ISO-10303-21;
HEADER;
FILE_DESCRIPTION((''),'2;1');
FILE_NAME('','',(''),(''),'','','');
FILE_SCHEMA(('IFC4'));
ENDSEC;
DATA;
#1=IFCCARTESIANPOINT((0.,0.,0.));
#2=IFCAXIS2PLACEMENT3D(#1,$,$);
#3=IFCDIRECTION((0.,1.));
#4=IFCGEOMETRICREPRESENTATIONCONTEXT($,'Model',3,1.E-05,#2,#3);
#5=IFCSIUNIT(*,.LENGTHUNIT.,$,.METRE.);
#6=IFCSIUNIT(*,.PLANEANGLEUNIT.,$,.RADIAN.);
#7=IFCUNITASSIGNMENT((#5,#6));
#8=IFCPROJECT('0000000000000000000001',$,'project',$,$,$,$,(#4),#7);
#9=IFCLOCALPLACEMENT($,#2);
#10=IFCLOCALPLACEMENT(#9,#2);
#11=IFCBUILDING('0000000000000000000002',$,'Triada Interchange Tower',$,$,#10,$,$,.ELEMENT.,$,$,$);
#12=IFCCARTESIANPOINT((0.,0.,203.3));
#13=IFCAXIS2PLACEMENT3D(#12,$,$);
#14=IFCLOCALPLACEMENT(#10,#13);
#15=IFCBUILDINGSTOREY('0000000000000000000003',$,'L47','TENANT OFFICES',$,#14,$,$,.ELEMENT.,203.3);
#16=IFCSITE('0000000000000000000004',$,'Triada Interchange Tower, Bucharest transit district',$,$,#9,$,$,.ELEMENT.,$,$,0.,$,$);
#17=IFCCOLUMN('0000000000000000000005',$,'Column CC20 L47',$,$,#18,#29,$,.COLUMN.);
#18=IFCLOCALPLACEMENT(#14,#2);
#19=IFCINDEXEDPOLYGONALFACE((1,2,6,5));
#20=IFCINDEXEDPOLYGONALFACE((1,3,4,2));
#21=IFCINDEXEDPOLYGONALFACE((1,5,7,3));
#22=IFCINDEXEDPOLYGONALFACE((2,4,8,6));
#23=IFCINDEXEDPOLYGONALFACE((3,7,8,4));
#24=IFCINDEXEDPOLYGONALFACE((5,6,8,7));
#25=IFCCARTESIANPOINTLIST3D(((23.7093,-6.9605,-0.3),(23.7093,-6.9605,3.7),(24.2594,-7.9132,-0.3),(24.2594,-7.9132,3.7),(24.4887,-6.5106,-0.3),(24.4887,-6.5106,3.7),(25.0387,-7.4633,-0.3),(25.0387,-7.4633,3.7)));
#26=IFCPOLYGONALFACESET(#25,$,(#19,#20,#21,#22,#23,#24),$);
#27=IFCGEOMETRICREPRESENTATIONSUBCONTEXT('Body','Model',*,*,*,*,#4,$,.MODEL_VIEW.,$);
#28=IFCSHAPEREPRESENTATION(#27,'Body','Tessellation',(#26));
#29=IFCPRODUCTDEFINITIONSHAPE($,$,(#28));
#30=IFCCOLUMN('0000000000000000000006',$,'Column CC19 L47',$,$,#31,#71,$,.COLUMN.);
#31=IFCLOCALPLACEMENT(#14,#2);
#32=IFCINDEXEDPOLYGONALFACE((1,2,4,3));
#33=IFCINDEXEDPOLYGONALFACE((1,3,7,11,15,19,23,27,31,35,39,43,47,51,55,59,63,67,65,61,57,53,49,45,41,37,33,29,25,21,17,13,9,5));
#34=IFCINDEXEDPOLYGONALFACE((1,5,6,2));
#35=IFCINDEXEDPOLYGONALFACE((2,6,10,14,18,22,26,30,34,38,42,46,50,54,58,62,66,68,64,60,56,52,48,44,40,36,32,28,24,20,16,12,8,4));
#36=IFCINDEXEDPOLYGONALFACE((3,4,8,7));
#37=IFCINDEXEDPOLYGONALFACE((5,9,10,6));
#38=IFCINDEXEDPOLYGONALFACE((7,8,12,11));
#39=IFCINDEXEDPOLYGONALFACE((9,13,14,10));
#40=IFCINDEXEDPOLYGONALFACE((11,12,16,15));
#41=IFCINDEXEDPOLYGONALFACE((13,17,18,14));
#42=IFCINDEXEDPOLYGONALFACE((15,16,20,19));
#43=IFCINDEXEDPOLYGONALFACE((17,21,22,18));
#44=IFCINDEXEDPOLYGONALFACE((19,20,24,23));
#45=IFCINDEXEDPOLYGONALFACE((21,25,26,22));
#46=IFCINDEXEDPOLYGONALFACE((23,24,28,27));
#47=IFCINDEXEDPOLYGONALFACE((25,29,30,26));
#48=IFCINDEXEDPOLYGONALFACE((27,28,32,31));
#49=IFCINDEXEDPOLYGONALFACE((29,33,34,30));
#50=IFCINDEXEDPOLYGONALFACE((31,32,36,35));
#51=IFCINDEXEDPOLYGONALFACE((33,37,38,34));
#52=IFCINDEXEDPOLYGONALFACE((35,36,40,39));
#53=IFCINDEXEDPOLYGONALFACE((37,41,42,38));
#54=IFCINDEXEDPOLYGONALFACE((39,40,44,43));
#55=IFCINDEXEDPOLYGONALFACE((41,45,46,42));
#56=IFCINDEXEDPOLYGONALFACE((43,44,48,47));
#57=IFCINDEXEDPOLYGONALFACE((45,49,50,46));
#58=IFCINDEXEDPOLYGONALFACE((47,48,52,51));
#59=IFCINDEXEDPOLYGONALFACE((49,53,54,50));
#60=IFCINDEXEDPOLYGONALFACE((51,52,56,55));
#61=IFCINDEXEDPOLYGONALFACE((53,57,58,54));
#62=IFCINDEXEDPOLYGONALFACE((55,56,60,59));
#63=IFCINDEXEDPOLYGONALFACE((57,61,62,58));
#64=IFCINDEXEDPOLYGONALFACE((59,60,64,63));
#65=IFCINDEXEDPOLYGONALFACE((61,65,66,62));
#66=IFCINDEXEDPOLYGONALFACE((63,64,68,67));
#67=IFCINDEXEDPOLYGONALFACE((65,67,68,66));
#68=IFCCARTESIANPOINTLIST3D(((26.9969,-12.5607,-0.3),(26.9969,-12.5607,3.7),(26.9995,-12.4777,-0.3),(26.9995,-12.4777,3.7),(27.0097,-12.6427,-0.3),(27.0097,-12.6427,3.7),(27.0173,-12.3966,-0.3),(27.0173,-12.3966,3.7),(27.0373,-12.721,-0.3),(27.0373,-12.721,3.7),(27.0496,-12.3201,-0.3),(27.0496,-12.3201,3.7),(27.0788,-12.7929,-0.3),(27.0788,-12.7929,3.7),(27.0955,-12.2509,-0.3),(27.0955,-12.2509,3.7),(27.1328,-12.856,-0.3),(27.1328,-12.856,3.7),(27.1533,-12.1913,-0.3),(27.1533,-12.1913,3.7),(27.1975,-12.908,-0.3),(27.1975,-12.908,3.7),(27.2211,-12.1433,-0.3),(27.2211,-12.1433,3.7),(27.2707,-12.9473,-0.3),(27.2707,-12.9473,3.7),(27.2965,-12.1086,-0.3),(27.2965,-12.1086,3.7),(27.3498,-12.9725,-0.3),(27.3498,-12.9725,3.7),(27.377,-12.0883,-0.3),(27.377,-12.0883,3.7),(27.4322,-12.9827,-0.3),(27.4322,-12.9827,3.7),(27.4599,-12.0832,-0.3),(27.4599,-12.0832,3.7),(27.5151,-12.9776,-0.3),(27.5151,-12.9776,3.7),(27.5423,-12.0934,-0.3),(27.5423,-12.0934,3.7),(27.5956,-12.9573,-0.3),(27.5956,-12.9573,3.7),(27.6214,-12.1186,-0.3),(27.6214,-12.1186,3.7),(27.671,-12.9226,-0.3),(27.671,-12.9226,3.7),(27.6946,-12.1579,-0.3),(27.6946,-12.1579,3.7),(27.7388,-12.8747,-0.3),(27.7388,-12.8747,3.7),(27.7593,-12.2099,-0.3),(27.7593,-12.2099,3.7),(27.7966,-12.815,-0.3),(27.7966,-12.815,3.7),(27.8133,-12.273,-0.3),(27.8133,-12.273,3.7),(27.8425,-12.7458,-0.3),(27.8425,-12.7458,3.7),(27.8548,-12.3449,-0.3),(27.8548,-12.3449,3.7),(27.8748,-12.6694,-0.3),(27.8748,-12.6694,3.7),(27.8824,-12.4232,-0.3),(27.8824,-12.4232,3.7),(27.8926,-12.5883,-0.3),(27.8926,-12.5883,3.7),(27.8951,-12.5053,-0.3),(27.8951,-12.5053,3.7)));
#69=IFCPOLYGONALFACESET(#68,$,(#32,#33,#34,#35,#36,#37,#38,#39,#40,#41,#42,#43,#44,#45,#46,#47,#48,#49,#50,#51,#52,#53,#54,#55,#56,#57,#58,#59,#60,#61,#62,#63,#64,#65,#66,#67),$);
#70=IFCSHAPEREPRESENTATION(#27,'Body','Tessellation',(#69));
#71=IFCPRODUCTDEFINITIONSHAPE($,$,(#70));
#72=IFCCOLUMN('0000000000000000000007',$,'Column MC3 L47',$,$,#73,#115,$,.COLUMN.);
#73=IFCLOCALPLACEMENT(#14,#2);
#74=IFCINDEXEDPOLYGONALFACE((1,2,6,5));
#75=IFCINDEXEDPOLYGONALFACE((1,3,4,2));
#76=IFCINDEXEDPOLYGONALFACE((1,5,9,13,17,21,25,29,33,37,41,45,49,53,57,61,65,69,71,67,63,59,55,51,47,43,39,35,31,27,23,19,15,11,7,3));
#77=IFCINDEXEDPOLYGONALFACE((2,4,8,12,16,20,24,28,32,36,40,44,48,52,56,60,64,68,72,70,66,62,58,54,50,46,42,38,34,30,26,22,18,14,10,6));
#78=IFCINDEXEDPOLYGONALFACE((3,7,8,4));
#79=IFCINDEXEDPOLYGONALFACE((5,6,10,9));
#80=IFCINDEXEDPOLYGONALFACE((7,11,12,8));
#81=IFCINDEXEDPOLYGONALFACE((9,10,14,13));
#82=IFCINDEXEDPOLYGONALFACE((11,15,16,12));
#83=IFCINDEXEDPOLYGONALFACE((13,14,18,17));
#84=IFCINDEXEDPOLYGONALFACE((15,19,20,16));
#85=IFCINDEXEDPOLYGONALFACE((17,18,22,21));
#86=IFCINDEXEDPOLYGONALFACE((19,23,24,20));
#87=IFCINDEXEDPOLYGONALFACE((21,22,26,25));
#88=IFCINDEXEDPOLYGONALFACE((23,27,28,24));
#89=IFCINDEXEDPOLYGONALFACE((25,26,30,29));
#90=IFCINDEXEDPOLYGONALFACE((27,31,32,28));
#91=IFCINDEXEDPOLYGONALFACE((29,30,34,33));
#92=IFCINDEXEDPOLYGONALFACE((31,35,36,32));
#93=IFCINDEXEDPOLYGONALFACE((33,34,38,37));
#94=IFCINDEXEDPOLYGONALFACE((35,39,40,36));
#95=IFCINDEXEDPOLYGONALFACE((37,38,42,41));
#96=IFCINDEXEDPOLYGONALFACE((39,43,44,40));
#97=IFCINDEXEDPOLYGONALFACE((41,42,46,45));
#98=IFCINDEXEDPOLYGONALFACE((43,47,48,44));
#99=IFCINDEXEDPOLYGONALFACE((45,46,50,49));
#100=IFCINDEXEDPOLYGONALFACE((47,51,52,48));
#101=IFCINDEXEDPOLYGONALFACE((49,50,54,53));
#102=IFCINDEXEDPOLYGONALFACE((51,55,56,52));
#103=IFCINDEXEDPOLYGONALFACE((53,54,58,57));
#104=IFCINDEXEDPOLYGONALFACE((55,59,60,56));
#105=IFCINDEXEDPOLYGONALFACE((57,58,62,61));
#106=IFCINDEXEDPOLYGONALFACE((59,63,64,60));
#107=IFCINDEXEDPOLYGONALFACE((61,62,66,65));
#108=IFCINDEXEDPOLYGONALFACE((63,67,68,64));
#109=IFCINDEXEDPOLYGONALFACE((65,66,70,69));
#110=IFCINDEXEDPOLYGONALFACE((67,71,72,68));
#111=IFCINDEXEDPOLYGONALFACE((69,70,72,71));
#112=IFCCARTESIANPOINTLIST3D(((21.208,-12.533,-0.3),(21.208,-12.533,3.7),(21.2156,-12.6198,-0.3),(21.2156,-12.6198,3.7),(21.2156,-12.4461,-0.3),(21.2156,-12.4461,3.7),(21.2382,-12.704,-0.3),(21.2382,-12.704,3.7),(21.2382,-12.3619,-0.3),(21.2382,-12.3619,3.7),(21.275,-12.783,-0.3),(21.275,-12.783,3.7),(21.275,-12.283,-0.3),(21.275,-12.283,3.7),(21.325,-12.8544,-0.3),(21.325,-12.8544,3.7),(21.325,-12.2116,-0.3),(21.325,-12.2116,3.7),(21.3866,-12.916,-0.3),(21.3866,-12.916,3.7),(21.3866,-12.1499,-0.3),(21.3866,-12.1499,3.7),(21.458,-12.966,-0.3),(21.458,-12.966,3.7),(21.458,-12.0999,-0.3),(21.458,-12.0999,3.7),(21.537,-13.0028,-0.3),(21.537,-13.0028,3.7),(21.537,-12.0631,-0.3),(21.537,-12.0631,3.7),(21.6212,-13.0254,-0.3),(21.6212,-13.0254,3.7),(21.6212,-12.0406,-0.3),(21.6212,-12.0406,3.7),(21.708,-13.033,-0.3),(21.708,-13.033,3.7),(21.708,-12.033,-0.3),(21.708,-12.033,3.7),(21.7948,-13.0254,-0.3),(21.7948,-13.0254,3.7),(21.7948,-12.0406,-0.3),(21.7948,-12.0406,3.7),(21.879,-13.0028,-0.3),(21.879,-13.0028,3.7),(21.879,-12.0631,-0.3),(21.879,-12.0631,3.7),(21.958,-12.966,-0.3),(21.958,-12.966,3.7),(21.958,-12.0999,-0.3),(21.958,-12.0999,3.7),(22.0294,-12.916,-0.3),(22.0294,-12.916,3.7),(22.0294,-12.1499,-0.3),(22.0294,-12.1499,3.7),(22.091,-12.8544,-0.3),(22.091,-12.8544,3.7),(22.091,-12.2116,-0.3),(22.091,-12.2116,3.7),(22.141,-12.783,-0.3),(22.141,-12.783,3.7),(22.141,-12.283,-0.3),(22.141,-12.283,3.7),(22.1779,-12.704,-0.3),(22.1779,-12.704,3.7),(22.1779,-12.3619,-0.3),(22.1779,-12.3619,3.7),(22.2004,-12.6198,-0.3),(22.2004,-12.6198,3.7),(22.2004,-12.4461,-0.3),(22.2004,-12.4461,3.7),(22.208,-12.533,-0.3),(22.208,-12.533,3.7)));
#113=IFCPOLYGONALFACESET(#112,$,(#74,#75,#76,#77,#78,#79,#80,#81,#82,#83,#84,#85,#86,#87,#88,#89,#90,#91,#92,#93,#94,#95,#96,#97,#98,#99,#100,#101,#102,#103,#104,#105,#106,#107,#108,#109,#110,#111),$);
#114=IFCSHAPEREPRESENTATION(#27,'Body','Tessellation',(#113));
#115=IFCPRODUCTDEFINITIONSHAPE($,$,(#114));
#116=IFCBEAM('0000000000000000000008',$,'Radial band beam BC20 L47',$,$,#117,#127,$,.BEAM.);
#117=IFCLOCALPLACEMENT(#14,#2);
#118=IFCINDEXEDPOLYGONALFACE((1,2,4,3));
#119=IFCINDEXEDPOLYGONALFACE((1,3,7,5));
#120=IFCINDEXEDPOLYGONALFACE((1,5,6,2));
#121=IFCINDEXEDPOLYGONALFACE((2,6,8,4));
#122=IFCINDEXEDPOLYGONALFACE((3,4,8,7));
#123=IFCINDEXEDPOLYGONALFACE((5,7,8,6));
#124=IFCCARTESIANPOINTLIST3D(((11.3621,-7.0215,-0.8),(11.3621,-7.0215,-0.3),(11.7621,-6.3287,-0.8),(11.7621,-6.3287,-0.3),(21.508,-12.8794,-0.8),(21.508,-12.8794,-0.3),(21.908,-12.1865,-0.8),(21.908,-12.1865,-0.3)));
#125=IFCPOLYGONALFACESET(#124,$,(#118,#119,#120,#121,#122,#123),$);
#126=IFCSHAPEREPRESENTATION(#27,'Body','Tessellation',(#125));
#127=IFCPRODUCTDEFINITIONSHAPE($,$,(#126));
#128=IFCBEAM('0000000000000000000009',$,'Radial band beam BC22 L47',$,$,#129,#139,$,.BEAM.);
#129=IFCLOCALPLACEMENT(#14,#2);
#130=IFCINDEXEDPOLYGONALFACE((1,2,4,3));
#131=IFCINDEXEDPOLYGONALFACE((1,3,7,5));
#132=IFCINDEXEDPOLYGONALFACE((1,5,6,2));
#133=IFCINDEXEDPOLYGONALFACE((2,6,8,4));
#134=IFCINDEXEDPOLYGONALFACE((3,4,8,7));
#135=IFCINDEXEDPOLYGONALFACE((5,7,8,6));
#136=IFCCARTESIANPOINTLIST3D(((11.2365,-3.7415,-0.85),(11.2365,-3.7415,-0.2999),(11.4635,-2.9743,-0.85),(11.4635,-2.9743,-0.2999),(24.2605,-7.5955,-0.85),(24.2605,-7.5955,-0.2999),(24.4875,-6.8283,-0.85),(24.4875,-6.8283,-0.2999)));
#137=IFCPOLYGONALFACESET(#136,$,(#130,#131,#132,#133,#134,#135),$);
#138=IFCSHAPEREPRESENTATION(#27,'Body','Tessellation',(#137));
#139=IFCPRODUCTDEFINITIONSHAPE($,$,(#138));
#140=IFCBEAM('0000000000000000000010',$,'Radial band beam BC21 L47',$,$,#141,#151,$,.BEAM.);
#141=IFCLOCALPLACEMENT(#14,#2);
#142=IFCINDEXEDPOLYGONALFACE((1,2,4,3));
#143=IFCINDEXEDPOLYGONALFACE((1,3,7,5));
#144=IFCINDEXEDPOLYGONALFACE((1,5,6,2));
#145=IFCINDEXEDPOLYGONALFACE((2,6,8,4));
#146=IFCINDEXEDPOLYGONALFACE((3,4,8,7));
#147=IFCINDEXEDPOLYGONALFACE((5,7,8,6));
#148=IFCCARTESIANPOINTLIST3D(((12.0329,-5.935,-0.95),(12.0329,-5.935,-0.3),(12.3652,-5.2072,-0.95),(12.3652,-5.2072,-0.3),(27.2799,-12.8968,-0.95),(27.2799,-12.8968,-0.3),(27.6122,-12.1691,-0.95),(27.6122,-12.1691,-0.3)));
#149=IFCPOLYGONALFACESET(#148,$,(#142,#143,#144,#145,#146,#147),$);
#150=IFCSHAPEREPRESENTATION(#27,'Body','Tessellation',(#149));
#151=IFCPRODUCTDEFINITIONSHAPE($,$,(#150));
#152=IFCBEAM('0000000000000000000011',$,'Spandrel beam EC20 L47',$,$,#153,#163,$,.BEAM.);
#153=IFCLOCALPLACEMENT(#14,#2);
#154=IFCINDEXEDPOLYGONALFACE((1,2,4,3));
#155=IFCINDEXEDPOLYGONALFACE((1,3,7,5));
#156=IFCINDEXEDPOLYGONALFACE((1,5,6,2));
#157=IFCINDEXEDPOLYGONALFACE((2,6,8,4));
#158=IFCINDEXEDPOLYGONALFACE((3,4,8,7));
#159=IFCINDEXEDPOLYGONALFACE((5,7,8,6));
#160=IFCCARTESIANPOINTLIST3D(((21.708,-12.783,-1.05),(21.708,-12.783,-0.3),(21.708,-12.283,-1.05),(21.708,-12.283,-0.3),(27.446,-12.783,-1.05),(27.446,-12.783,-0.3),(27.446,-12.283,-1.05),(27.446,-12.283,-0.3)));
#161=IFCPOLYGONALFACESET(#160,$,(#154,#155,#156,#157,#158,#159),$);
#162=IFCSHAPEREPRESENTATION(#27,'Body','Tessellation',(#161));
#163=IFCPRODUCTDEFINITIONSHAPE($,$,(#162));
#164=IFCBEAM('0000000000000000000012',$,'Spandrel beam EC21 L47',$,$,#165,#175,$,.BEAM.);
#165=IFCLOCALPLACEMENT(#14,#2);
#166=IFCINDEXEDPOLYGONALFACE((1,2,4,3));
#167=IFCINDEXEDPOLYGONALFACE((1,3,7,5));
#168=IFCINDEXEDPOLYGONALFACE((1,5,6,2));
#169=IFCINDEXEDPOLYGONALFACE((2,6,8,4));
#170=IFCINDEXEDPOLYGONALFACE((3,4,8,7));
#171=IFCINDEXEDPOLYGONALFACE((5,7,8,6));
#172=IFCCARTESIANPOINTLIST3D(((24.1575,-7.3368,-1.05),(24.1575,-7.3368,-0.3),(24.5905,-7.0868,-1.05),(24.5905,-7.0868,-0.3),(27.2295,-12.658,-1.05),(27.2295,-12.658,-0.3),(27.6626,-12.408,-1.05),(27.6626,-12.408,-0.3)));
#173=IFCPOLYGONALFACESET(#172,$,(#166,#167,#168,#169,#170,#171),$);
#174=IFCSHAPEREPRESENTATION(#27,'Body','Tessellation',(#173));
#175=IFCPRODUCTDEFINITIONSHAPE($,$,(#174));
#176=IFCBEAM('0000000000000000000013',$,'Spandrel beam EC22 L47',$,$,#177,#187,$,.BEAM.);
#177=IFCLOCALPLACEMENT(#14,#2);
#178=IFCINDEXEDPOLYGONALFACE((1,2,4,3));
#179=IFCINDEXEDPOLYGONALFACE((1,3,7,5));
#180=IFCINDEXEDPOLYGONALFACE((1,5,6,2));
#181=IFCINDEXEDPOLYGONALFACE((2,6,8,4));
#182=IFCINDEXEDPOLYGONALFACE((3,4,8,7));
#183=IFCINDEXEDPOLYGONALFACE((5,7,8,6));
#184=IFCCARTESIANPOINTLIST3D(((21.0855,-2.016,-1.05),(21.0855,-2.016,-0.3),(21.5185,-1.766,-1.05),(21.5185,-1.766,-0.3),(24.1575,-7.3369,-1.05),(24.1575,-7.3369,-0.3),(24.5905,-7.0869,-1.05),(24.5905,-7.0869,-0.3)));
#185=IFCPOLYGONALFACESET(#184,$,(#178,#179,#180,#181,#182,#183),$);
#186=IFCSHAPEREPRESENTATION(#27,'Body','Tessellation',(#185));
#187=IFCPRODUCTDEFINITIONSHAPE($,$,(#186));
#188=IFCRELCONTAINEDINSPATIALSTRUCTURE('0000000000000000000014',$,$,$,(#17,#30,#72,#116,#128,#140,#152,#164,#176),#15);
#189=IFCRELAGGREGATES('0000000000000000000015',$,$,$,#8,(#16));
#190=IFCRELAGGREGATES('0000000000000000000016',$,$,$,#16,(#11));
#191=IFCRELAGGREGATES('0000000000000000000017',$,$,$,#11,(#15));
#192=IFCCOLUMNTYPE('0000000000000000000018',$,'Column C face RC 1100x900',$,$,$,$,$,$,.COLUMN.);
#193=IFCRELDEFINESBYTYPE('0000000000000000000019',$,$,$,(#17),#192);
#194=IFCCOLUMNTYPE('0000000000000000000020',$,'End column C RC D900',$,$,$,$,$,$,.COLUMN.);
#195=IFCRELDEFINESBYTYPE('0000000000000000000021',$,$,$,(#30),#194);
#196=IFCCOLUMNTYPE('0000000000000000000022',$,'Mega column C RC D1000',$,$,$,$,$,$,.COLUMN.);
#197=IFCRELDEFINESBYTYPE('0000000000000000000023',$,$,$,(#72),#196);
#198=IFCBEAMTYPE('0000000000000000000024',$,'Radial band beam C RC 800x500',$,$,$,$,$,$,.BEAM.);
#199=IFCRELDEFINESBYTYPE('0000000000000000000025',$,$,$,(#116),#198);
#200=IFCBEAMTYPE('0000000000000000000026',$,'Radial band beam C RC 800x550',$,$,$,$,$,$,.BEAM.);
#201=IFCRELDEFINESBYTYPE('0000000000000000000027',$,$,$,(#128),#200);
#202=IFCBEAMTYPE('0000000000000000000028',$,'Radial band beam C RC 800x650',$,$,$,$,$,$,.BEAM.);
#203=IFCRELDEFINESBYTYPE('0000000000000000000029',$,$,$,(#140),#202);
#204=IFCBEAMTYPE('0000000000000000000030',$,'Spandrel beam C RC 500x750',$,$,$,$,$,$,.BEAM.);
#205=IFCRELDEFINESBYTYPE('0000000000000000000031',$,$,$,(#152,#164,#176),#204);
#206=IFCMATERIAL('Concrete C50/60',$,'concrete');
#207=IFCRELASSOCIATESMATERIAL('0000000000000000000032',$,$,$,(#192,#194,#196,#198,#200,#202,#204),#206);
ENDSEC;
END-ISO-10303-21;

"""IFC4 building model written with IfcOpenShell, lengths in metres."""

from ifc_helpers import new_model, si_unit, direction, frame, origin, origin_2d, place, context, subcontext, project, spatial, rectangle, circle, extrude, material, material_profile, profile_set, type_object, element, save


model = new_model("IFC4")

# Units and contexts
model_context = context("Model", 3, precision=1e-05, world=origin(), true_north=direction((0.0, 1.0)))
body_context = subcontext(model_context, "Body", "Model", "MODEL_VIEW")
ifc_project = project(units=[si_unit("LENGTHUNIT", "METRE"), si_unit("PLANEANGLEUNIT", "RADIAN")], contexts=[model_context])

# Site, building, storey
site_placement = place(None, origin())
site = spatial("IfcSite", under=ifc_project, at=site_placement, Name="Triada Interchange Tower, Bucharest transit district", CompositionType="ELEMENT", RefElevation=0.0)
building_placement = place(site_placement, origin())
building = spatial("IfcBuilding", under=site, at=building_placement, Name="Triada Interchange Tower", CompositionType="ELEMENT")
storey_placement = place(building_placement, frame((0.0, 0.0, 203.3)))
storey = spatial("IfcBuildingStorey", under=building, at=storey_placement, Name="L47", Description="TENANT OFFICES", CompositionType="ELEMENT", Elevation=203.3)

# Columns
ifc_material_1 = material(Name="Concrete C50/60", Category="concrete")
ifc_material_profile_1 = material_profile(ifc_material_1, rectangle(XDim=1.1001, YDim=0.8999, at=origin_2d()), Name="RC 1100x900")
ifc_profile_set_1 = profile_set([ifc_material_profile_1], Name="Concrete C50/60")
column_type_1 = type_object("IfcColumnType", Name="Column C face RC 1100x900", PredefinedType="COLUMN", material=ifc_profile_set_1)
column_1_placement = place(storey_placement, frame((24.374, -7.2119, -0.3), z_axis=(0.0, 0.0, 1.0), x_axis=(-0.5, 0.866025, 0.0)))
element("IfcColumn", 1, at=column_1_placement, inside=storey, type_object=column_type_1, Name="Column CC20 L47", PredefinedType="COLUMN", context=body_context, shape_type="SweptSolid", body=[
    extrude(rectangle(XDim=1.1001, YDim=0.8999, at=origin_2d()), origin(), (0.0, 0.0, 1.0), 4.0),
])
ifc_material_profile_2 = material_profile(ifc_material_1, circle(Radius=0.45, at=origin_2d()), Name="RC D900")
ifc_profile_set_2 = profile_set([ifc_material_profile_2], Name="Concrete C50/60")
column_type_2 = type_object("IfcColumnType", Name="End column C RC D900", PredefinedType="COLUMN", material=ifc_profile_set_2)
column_2_placement = place(storey_placement, frame((27.446, -12.533, -0.3), z_axis=(0.0, 0.0, 1.0), x_axis=(-0.5, 0.866025, 0.0)))
element("IfcColumn", 2, at=column_2_placement, inside=storey, type_object=column_type_2, Name="Column CC19 L47", PredefinedType="COLUMN", context=body_context, shape_type="SweptSolid", body=[
    extrude(circle(Radius=0.45, at=origin_2d()), origin(), (0.0, 0.0, 1.0), 4.0),
])
ifc_material_profile_3 = material_profile(ifc_material_1, circle(Radius=0.5, at=origin_2d()), Name="RC D1000")
ifc_profile_set_3 = profile_set([ifc_material_profile_3], Name="Concrete C50/60")
column_type_3 = type_object("IfcColumnType", Name="Mega column C RC D1000", PredefinedType="COLUMN", material=ifc_profile_set_3)
column_3_placement = place(storey_placement, frame((21.708, -12.533, -0.3), z_axis=(0.0, 0.0, 1.0), x_axis=(1.0, 0.0, 0.0)))
element("IfcColumn", 3, at=column_3_placement, inside=storey, type_object=column_type_3, Name="Column MC3 L47", PredefinedType="COLUMN", context=body_context, shape_type="SweptSolid", body=[
    extrude(circle(Radius=0.5, at=origin_2d()), origin(), (0.0, 0.0, 1.0), 4.0),
])

# Beams
ifc_material_profile_4 = material_profile(ifc_material_1, rectangle(XDim=0.8, YDim=0.5, at=origin_2d()), Name="RC 800x500")
ifc_profile_set_4 = profile_set([ifc_material_profile_4], Name="Concrete C50/60")
beam_type_1 = type_object("IfcBeamType", Name="Radial band beam C RC 800x500", PredefinedType="BEAM", material=ifc_profile_set_4)
beam_1_placement = place(storey_placement, frame((21.708, -12.533, -0.55), z_axis=(-0.866021, 0.500007, 0.0), x_axis=(-0.500007, -0.866021, 0.0)))
element("IfcBeam", 4, at=beam_1_placement, inside=storey, type_object=beam_type_1, Name="Radial band beam BC20 L47", PredefinedType="BEAM", context=body_context, shape_type="SweptSolid", body=[
    extrude(rectangle(XDim=0.8, YDim=0.5, at=origin_2d()), origin(), (0.0, 0.0, 1.0), 11.7156),
])
ifc_material_profile_5 = material_profile(ifc_material_1, rectangle(XDim=0.8, YDim=0.55, at=origin_2d()), Name="RC 800x550")
ifc_profile_set_5 = profile_set([ifc_material_profile_5], Name="Concrete C50/60")
beam_type_2 = type_object("IfcBeamType", Name="Radial band beam C RC 800x550", PredefinedType="BEAM", material=ifc_profile_set_5)
beam_2_placement = place(storey_placement, frame((24.374, -7.2119, -0.575), z_axis=(-0.958897, 0.283754, 0.0), x_axis=(-0.283754, -0.958897, 0.0)))
element("IfcBeam", 5, at=beam_2_placement, inside=storey, type_object=beam_type_2, Name="Radial band beam BC22 L47", PredefinedType="BEAM", context=body_context, shape_type="SweptSolid", body=[
    extrude(rectangle(XDim=0.8, YDim=0.55, at=origin_2d()), origin(), (0.0, 0.0, 1.0), 13.5823),
])
ifc_material_profile_6 = material_profile(ifc_material_1, rectangle(XDim=0.8, YDim=0.6499, at=origin_2d()), Name="RC 800x650")
ifc_profile_set_6 = profile_set([ifc_material_profile_6], Name="Concrete C50/60")
beam_type_3 = type_object("IfcBeamType", Name="Radial band beam C RC 800x650", PredefinedType="BEAM", material=ifc_profile_set_6)
beam_3_placement = place(storey_placement, frame((27.446, -12.533, -0.625), z_axis=(-0.909659, 0.415356, 0.0), x_axis=(-0.415356, -0.909659, 0.0)))
element("IfcBeam", 6, at=beam_3_placement, inside=storey, type_object=beam_type_3, Name="Radial band beam BC21 L47", PredefinedType="BEAM", context=body_context, shape_type="SweptSolid", body=[
    extrude(rectangle(XDim=0.8, YDim=0.6499, at=origin_2d()), origin(), (0.0, 0.0, 1.0), 16.7612),
])
ifc_material_profile_7 = material_profile(ifc_material_1, rectangle(XDim=0.5, YDim=0.75, at=origin_2d()), Name="RC 500x750")
ifc_profile_set_7 = profile_set([ifc_material_profile_7], Name="Concrete C50/60")
beam_type_4 = type_object("IfcBeamType", Name="Spandrel beam C RC 500x750", PredefinedType="BEAM", material=ifc_profile_set_7)
beam_4_placement = place(storey_placement, frame((21.708, -12.533, -0.675), z_axis=(1.0, 0.0, 0.0), x_axis=(0.0, 1.0, 0.0)))
element("IfcBeam", 7, at=beam_4_placement, inside=storey, type_object=beam_type_4, Name="Spandrel beam EC20 L47", PredefinedType="BEAM", context=body_context, shape_type="SweptSolid", body=[
    extrude(rectangle(XDim=0.5, YDim=0.75, at=origin_2d()), origin(), (0.0, 0.0, 1.0), 5.738),
])
beam_5_placement = place(storey_placement, frame((27.446, -12.533, -0.675), z_axis=(-0.49999, 0.866031, 0.0), x_axis=(-0.866031, -0.49999, 0.0)))
element("IfcBeam", 8, at=beam_5_placement, inside=storey, type_object=beam_type_4, Name="Spandrel beam EC21 L47", PredefinedType="BEAM", context=body_context, shape_type="SweptSolid", body=[
    extrude(rectangle(XDim=0.5, YDim=0.75, at=origin_2d()), origin(), (0.0, 0.0, 1.0), 6.1443),
])
beam_6_placement = place(storey_placement, frame((24.374, -7.2119, -0.675), z_axis=(-0.500007, 0.866021, 0.0), x_axis=(-0.866021, -0.500007, 0.0)))
element("IfcBeam", 9, at=beam_6_placement, inside=storey, type_object=beam_type_4, Name="Spandrel beam EC22 L47", PredefinedType="BEAM", context=body_context, shape_type="SweptSolid", body=[
    extrude(rectangle(XDim=0.5, YDim=0.75, at=origin_2d()), origin(), (0.0, 0.0, 1.0), 6.144),
])

save(model, "model.ifc")
